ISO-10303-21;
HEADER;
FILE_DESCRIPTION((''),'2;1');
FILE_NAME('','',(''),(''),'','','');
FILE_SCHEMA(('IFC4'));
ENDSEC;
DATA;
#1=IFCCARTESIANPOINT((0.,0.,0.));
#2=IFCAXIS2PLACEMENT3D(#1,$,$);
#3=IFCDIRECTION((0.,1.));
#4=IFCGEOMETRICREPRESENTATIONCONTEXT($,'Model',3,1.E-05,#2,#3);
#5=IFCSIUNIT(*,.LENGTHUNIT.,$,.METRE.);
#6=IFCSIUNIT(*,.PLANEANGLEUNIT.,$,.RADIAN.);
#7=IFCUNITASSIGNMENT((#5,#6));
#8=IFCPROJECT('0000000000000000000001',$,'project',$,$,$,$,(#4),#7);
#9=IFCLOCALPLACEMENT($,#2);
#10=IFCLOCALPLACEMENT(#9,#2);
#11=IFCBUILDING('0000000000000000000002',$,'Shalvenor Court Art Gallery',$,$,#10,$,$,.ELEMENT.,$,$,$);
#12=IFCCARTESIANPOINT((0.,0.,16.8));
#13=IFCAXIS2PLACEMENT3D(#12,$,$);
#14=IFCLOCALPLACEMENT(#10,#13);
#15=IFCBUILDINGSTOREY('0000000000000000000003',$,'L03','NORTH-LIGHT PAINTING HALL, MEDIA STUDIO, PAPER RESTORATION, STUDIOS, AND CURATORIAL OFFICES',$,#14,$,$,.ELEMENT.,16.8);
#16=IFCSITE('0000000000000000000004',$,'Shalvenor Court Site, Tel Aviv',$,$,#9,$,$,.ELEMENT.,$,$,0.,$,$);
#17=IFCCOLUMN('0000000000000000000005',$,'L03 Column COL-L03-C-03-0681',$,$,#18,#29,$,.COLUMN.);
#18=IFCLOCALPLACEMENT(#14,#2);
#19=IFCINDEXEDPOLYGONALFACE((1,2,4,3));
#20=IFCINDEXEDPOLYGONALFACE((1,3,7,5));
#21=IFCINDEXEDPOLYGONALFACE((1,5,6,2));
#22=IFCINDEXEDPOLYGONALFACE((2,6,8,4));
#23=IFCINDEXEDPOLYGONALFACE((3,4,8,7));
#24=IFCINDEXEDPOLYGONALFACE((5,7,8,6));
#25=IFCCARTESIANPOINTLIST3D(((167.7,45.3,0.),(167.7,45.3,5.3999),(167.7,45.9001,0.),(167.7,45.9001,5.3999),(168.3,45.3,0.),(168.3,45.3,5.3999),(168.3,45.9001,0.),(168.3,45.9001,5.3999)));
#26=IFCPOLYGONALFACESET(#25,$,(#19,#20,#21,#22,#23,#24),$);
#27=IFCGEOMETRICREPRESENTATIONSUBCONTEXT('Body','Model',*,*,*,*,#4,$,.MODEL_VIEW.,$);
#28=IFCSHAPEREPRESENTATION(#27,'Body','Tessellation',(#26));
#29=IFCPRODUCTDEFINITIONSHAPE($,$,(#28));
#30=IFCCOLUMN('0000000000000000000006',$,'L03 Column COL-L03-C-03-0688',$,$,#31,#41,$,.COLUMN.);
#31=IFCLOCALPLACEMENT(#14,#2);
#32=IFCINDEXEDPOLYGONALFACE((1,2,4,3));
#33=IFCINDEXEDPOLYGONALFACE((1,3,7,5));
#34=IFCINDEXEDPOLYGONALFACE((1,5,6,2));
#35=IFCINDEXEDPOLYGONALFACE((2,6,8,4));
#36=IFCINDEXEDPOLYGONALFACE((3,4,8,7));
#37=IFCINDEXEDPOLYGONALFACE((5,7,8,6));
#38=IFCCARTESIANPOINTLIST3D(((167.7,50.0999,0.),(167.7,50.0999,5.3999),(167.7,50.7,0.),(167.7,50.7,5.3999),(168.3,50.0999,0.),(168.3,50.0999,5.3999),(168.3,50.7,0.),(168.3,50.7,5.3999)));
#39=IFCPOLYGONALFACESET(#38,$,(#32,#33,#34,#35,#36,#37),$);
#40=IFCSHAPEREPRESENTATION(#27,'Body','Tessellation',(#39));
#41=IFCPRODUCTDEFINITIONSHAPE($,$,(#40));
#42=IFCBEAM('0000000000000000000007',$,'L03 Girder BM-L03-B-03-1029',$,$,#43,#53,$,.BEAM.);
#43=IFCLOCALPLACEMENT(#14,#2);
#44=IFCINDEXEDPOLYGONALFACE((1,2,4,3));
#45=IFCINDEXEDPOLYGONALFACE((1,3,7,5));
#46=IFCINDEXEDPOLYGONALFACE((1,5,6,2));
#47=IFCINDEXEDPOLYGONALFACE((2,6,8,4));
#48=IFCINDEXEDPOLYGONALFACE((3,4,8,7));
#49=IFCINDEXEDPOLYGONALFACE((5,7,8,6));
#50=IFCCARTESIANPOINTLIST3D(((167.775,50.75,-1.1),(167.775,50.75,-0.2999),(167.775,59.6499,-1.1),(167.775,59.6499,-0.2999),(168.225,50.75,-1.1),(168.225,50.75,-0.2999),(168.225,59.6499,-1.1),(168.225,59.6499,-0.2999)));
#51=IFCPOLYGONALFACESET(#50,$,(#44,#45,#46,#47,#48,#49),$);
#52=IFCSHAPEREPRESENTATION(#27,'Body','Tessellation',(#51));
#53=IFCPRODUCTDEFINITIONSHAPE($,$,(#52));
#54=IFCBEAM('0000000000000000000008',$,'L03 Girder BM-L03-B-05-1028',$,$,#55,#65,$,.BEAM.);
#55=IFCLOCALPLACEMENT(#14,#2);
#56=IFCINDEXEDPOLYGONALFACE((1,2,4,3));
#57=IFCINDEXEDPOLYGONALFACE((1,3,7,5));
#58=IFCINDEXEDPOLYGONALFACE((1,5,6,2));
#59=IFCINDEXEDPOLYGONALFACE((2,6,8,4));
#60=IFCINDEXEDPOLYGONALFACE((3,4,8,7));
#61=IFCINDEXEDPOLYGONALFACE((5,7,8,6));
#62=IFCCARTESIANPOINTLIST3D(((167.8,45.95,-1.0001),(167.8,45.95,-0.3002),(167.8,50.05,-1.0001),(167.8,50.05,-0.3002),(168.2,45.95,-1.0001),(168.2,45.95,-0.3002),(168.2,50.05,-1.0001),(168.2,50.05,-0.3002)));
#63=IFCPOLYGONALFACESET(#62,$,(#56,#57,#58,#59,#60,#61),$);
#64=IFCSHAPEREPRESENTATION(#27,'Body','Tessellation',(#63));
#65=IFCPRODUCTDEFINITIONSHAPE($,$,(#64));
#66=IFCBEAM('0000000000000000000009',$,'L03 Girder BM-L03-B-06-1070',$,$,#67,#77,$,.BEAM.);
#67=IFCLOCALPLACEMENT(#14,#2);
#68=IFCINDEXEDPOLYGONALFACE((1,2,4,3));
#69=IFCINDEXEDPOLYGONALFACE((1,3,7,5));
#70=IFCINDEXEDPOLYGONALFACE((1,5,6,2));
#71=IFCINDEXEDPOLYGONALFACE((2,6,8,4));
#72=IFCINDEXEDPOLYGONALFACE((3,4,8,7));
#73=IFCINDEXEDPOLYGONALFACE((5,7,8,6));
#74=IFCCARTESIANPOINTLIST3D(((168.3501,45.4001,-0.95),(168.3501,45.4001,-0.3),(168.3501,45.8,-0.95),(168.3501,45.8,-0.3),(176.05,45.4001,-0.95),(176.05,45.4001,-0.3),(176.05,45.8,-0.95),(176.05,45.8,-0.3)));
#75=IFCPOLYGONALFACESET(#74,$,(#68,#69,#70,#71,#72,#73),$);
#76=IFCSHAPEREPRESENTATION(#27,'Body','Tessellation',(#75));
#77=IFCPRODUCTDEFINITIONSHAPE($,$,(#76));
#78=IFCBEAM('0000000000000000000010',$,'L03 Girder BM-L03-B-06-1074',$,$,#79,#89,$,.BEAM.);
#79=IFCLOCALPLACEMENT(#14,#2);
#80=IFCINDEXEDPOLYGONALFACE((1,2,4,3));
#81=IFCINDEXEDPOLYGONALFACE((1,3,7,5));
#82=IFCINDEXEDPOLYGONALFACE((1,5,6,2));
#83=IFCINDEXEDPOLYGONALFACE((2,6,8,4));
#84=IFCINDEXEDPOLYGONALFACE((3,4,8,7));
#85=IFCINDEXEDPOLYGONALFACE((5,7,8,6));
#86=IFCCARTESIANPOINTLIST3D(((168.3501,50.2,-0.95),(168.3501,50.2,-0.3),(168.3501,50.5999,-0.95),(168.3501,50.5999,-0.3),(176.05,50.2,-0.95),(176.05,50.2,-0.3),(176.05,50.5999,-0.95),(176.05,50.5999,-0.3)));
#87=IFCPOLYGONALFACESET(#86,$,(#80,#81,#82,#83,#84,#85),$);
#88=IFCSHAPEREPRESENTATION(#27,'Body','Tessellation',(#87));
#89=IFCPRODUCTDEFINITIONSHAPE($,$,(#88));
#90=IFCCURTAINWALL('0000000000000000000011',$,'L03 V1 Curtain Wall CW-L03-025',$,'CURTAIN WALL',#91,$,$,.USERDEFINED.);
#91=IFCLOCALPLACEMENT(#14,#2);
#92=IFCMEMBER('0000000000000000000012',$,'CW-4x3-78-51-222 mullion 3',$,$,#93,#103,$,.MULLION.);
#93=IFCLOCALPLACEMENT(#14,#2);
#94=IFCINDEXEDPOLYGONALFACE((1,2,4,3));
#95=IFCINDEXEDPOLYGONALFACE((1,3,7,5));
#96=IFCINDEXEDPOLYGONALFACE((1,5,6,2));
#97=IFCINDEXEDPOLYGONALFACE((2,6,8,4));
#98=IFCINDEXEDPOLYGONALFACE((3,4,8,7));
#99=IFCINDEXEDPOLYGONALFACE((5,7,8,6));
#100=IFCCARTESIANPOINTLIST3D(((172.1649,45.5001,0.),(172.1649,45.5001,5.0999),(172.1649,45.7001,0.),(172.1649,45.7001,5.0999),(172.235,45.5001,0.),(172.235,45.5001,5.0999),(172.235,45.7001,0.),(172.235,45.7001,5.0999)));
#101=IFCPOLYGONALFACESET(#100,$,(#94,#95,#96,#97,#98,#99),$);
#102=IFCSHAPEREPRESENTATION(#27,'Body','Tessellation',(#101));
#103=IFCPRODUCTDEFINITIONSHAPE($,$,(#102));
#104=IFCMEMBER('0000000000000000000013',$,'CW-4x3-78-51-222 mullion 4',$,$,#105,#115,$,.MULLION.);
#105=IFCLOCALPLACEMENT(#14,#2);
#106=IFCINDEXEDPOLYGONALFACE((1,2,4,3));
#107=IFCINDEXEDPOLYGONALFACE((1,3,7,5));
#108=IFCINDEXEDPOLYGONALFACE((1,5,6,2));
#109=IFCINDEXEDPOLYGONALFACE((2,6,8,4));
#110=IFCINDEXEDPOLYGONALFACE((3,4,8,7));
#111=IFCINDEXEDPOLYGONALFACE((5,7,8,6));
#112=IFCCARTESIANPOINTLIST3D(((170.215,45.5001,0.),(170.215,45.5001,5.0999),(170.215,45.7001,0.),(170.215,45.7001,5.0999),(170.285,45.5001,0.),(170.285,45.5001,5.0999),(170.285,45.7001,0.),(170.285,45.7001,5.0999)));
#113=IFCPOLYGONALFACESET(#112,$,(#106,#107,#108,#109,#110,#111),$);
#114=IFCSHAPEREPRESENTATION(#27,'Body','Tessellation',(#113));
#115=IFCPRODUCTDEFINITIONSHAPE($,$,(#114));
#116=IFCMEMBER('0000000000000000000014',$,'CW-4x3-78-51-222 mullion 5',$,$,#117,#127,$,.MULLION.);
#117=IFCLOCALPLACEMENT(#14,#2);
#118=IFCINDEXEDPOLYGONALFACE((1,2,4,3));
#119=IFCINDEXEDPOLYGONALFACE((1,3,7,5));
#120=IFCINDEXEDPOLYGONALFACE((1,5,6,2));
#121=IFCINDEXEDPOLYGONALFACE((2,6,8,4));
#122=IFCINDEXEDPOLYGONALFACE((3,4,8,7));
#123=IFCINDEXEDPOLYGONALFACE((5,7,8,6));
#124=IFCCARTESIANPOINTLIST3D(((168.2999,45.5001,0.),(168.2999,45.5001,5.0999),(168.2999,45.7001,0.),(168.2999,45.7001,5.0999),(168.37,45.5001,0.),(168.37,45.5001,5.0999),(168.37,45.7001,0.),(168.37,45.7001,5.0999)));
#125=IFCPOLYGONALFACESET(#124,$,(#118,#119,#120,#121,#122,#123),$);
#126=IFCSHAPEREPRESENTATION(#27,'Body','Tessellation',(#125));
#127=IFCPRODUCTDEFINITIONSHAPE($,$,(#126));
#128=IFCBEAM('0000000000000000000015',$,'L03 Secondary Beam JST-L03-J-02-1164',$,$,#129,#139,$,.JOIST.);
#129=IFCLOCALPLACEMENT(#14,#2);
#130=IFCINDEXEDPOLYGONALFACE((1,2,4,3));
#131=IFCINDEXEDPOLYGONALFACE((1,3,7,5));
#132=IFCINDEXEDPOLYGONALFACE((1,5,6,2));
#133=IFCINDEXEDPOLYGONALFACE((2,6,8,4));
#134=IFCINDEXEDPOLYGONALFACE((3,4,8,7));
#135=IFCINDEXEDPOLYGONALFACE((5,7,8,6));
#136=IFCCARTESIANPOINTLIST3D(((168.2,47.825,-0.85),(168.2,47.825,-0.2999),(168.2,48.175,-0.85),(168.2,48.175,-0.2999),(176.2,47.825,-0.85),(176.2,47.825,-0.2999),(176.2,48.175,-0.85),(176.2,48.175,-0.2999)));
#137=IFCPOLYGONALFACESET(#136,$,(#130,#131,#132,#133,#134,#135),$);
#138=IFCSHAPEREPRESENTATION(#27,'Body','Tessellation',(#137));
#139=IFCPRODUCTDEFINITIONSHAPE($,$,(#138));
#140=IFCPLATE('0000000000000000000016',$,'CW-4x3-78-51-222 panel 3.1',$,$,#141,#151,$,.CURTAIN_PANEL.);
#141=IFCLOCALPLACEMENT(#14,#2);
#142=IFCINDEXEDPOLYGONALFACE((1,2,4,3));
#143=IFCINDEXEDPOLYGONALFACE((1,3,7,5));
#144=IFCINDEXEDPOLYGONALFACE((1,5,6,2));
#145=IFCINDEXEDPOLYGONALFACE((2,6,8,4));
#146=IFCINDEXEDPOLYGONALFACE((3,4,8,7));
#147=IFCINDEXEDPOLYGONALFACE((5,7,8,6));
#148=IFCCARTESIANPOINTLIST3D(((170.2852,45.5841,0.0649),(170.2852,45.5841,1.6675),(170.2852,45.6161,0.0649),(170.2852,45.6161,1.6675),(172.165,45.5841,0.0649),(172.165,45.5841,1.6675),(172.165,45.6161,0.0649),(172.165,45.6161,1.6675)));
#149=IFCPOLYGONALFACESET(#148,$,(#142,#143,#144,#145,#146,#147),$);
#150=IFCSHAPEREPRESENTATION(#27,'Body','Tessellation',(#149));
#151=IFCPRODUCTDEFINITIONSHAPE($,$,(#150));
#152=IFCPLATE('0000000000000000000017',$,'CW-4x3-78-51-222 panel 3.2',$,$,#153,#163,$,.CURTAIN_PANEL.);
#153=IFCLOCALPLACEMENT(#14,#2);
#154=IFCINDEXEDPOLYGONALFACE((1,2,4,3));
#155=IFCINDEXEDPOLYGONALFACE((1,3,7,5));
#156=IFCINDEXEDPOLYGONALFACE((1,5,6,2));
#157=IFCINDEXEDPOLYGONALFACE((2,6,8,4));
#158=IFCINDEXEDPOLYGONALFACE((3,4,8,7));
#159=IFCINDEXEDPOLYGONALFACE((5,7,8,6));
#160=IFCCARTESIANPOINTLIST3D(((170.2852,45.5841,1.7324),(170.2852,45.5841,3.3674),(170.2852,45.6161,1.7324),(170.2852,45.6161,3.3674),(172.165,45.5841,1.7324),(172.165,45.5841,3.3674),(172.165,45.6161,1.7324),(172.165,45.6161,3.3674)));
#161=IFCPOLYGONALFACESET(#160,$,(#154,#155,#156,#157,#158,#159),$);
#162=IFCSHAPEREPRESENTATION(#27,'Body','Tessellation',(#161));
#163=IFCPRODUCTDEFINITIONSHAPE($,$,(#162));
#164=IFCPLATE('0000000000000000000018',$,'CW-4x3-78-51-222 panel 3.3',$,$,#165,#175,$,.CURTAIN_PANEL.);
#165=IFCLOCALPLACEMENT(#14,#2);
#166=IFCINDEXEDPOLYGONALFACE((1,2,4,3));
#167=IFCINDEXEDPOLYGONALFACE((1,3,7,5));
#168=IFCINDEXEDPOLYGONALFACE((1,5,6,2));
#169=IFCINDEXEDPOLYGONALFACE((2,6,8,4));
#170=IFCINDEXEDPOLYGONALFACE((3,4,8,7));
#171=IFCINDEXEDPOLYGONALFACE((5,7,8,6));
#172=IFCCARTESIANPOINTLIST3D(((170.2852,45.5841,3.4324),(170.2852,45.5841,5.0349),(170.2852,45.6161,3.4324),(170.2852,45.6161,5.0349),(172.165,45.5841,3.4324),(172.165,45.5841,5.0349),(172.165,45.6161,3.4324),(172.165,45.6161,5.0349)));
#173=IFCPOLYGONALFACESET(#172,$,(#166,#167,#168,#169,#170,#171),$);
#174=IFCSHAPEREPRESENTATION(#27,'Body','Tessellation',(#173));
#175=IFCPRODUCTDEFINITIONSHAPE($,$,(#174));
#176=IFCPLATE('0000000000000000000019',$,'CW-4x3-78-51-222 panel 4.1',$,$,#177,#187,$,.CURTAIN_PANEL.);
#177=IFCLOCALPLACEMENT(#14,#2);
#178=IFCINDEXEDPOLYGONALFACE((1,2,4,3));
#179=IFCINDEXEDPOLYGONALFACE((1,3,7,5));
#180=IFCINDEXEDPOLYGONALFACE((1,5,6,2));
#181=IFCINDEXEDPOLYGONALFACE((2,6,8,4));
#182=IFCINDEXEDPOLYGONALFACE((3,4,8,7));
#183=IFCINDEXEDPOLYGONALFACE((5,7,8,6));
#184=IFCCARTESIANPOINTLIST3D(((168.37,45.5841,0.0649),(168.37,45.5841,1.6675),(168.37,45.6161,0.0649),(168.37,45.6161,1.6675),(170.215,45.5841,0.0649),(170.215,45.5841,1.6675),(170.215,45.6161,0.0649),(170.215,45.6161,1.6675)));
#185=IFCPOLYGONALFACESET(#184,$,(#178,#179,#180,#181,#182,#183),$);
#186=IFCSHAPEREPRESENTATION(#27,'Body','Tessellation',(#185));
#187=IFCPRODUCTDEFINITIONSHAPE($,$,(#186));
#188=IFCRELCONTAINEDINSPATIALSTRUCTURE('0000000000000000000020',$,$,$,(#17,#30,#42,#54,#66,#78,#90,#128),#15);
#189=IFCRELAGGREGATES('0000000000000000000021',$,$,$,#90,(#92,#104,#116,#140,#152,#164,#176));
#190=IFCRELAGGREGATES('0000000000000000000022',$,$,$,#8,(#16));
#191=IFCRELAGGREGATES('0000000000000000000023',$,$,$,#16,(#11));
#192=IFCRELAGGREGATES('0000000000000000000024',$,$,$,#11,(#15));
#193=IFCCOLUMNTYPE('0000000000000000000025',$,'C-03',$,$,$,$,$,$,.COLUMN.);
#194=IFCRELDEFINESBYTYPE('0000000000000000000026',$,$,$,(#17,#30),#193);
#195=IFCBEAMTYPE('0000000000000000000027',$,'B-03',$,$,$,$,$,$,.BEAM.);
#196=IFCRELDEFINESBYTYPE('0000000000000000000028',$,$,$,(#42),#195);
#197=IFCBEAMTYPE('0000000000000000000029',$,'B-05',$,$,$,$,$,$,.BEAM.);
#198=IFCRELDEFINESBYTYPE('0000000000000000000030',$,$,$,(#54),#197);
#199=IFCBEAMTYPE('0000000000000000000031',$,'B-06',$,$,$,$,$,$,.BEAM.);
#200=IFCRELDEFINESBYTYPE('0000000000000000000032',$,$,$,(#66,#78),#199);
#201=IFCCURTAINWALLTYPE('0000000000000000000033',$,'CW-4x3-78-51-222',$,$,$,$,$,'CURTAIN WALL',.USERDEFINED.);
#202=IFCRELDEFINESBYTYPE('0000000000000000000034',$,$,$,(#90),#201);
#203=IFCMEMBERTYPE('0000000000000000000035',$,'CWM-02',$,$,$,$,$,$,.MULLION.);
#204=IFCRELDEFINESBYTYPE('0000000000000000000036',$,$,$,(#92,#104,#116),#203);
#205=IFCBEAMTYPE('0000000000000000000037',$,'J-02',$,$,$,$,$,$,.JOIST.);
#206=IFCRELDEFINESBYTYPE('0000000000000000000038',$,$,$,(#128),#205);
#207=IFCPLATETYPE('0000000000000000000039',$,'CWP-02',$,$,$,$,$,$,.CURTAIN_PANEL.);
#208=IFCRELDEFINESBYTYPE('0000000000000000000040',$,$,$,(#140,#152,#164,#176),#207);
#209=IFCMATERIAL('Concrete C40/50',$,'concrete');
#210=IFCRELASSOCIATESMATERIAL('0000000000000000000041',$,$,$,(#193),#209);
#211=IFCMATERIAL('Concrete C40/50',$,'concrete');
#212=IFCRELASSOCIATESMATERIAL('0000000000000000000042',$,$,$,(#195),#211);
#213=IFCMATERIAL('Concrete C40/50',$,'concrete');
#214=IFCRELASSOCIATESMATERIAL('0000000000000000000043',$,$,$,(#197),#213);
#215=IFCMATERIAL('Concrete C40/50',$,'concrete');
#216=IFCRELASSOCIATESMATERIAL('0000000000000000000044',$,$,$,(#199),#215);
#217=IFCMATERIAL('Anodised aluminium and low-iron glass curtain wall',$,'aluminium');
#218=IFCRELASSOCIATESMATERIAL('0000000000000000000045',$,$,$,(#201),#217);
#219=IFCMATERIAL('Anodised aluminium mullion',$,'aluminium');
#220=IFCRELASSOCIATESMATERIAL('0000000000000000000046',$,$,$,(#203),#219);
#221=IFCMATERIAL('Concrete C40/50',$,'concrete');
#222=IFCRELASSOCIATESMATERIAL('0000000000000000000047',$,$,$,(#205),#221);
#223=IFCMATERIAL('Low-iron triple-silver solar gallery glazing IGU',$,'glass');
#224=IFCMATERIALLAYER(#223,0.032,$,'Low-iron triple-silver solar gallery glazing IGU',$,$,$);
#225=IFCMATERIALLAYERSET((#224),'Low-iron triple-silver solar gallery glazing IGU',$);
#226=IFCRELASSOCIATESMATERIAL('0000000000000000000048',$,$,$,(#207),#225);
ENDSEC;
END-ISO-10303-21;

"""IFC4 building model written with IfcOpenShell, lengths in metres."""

from ifc_helpers import new_model, si_unit, direction, frame, origin, origin_2d, place, context, subcontext, project, spatial, rectangle, extrude, material, layer, layer_set, material_profile, profile_set, type_object, element, aggregate, save


model = new_model("IFC4")

# Units and contexts
model_context = context("Model", 3, precision=1e-05, world=origin(), true_north=direction((0.0, 1.0)))
body_context = subcontext(model_context, "Body", "Model", "MODEL_VIEW")
ifc_project = project(units=[si_unit("LENGTHUNIT", "METRE"), si_unit("PLANEANGLEUNIT", "RADIAN")], contexts=[model_context])

# Site, building, storey
site_placement = place(None, origin())
site = spatial("IfcSite", under=ifc_project, at=site_placement, Name="Shalvenor Court Site, Tel Aviv", CompositionType="ELEMENT", RefElevation=0.0)
building_placement = place(site_placement, origin())
building = spatial("IfcBuilding", under=site, at=building_placement, Name="Shalvenor Court Art Gallery", CompositionType="ELEMENT")
storey_placement = place(building_placement, frame((0.0, 0.0, 16.8)))
storey = spatial("IfcBuildingStorey", under=building, at=storey_placement, Name="L03", Description="NORTH-LIGHT PAINTING HALL, MEDIA STUDIO, PAPER RESTORATION, STUDIOS, AND CURATORIAL OFFICES", CompositionType="ELEMENT", Elevation=16.8)

# Columns
ifc_material_1 = material(Name="Concrete C40/50", Category="concrete")
ifc_material_profile_1 = material_profile(ifc_material_1, rectangle(XDim=0.6001, YDim=0.6001, at=origin_2d()), Name="RC 600x600")
ifc_profile_set_1 = profile_set([ifc_material_profile_1], Name="Concrete C40/50")
column_type = type_object("IfcColumnType", Name="C-03", PredefinedType="COLUMN", material=ifc_profile_set_1)
for number, where, z_axis, x_axis, name in (
    (1, (168.0, 45.6001, 0.0), (0.0, 0.0, 1.0), (1.0, 0.0, 0.0), "L03 Column COL-L03-C-03-0681"),
    (2, (168.0, 50.3999, 0.0), (0.0, 0.0, 1.0), (1.0, 0.0, 0.0), "L03 Column COL-L03-C-03-0688"),
):
    element("IfcColumn", number, at=place(storey_placement, frame(where, z_axis=z_axis, x_axis=x_axis)), inside=storey, type_object=column_type, Name=name, PredefinedType="COLUMN", context=body_context, shape_type="SweptSolid", body=[
        extrude(rectangle(XDim=0.6001, YDim=0.6001, at=origin_2d()), origin(), (0.0, 0.0, 1.0), 5.3999),
    ])

# Beams
ifc_material_2 = material(Name="Concrete C40/50", Category="concrete")
ifc_material_profile_2 = material_profile(ifc_material_2, rectangle(XDim=0.45, YDim=0.8, at=origin_2d()), Name="RC 450x800")
ifc_profile_set_2 = profile_set([ifc_material_profile_2], Name="Concrete C40/50")
beam_type_1 = type_object("IfcBeamType", Name="B-03", PredefinedType="BEAM", material=ifc_profile_set_2)
beam_1_placement = place(storey_placement, frame((168.0, 50.75, -0.7), z_axis=(0.0, 1.0, 0.0), x_axis=(-1.0, 0.0, 0.0)))
element("IfcBeam", 3, at=beam_1_placement, inside=storey, type_object=beam_type_1, Name="L03 Girder BM-L03-B-03-1029", PredefinedType="BEAM", context=body_context, shape_type="SweptSolid", body=[
    extrude(rectangle(XDim=0.45, YDim=0.8, at=origin_2d()), origin(), (0.0, 0.0, 1.0), 8.8999),
])
ifc_material_3 = material(Name="Concrete C40/50", Category="concrete")
ifc_material_profile_3 = material_profile(ifc_material_3, rectangle(XDim=0.3999, YDim=0.7, at=origin_2d()), Name="RC 400x700")
ifc_profile_set_3 = profile_set([ifc_material_profile_3], Name="Concrete C40/50")
beam_type_2 = type_object("IfcBeamType", Name="B-05", PredefinedType="BEAM", material=ifc_profile_set_3)
beam_2_placement = place(storey_placement, frame((168.0, 45.95, -0.6501), z_axis=(0.0, 1.0, 0.0), x_axis=(-1.0, 0.0, 0.0)))
element("IfcBeam", 4, at=beam_2_placement, inside=storey, type_object=beam_type_2, Name="L03 Girder BM-L03-B-05-1028", PredefinedType="BEAM", context=body_context, shape_type="SweptSolid", body=[
    extrude(rectangle(XDim=0.3999, YDim=0.7, at=origin_2d()), origin(), (0.0, 0.0, 1.0), 4.1001),
])
ifc_material_4 = material(Name="Concrete C40/50", Category="concrete")
ifc_material_profile_4 = material_profile(ifc_material_4, rectangle(XDim=0.3999, YDim=0.6499, at=origin_2d()), Name="RC 400x650")
ifc_profile_set_4 = profile_set([ifc_material_profile_4], Name="Concrete C40/50")
beam_type_3 = type_object("IfcBeamType", Name="B-06", PredefinedType="BEAM", material=ifc_profile_set_4)
for number, where, z_axis, x_axis, name in (
    (5, (168.3501, 45.6001, -0.625), (1.0, 0.0, 0.0), (0.0, 1.0, 0.0), "L03 Girder BM-L03-B-06-1070"),
    (6, (168.3501, 50.3999, -0.625), (1.0, 0.0, 0.0), (0.0, 1.0, 0.0), "L03 Girder BM-L03-B-06-1074"),
):
    element("IfcBeam", number, at=place(storey_placement, frame(where, z_axis=z_axis, x_axis=x_axis)), inside=storey, type_object=beam_type_3, Name=name, PredefinedType="BEAM", context=body_context, shape_type="SweptSolid", body=[
        extrude(rectangle(XDim=0.3999, YDim=0.6499, at=origin_2d()), origin(), (0.0, 0.0, 1.0), 7.7),
    ])

# Curtain wall, members
ifc_material_5 = material(Name="Anodised aluminium and low-iron glass curtain wall", Category="aluminium")
curtain_wall_type = type_object("IfcCurtainWallType", Name="CW-4x3-78-51-222", ElementType="CURTAIN WALL", PredefinedType="USERDEFINED", material=ifc_material_5)
curtain_wall_placement = place(storey_placement, origin())
curtain_wall = element("IfcCurtainWall", 7, at=curtain_wall_placement, inside=storey, type_object=curtain_wall_type, Name="L03 V1 Curtain Wall CW-L03-025", ObjectType="CURTAIN WALL", PredefinedType="USERDEFINED")
ifc_material_6 = material(Name="Anodised aluminium mullion", Category="aluminium")
ifc_material_profile_5 = material_profile(ifc_material_6, rectangle(XDim=0.0701, YDim=0.2, at=origin_2d()), Name="CWM-02")
ifc_profile_set_5 = profile_set([ifc_material_profile_5], Name="Anodised aluminium mullion")
member_type = type_object("IfcMemberType", Name="CWM-02", PredefinedType="MULLION", material=ifc_profile_set_5)
member_1_placement = place(storey_placement, frame((172.2, 45.6001, 0.0), z_axis=(0.0, 0.0, 1.0), x_axis=(-1.0, 0.0, 0.0)))
member_1 = element("IfcMember", 8, at=member_1_placement, type_object=member_type, Name="CW-4x3-78-51-222 mullion 3", PredefinedType="MULLION", context=body_context, shape_type="SweptSolid", body=[
    extrude(rectangle(XDim=0.0701, YDim=0.2, at=origin_2d()), origin(), (0.0, 0.0, 1.0), 5.0999),
])
member_2_placement = place(storey_placement, frame((170.25, 45.6001, 0.0), z_axis=(0.0, 0.0, 1.0), x_axis=(-1.0, 0.0, 0.0)))
member_2 = element("IfcMember", 9, at=member_2_placement, type_object=member_type, Name="CW-4x3-78-51-222 mullion 4", PredefinedType="MULLION", context=body_context, shape_type="SweptSolid", body=[
    extrude(rectangle(XDim=0.0701, YDim=0.2, at=origin_2d()), origin(), (0.0, 0.0, 1.0), 5.0999),
])
member_3_placement = place(storey_placement, frame((168.335, 45.6001, 0.0), z_axis=(0.0, 0.0, 1.0), x_axis=(-1.0, 0.0, 0.0)))
member_3 = element("IfcMember", 10, at=member_3_placement, type_object=member_type, Name="CW-4x3-78-51-222 mullion 5", PredefinedType="MULLION", context=body_context, shape_type="SweptSolid", body=[
    extrude(rectangle(XDim=0.0701, YDim=0.2, at=origin_2d()), origin(), (0.0, 0.0, 1.0), 5.0999),
])

# Beam
ifc_material_7 = material(Name="Concrete C40/50", Category="concrete")
ifc_material_profile_6 = material_profile(ifc_material_7, rectangle(XDim=0.3501, YDim=0.55, at=origin_2d()), Name="RC 350x550")
ifc_profile_set_6 = profile_set([ifc_material_profile_6], Name="Concrete C40/50")
beam_type_4 = type_object("IfcBeamType", Name="J-02", PredefinedType="JOIST", material=ifc_profile_set_6)
beam_3_placement = place(storey_placement, frame((168.2, 48.0, -0.575), z_axis=(1.0, 0.0, 0.0), x_axis=(0.0, 1.0, 0.0)))
element("IfcBeam", 11, at=beam_3_placement, inside=storey, type_object=beam_type_4, Name="L03 Secondary Beam JST-L03-J-02-1164", PredefinedType="JOIST", context=body_context, shape_type="SweptSolid", body=[
    extrude(rectangle(XDim=0.3501, YDim=0.55, at=origin_2d()), origin(), (0.0, 0.0, 1.0), 8.0),
])

# Plates
ifc_material_8 = material(Name="Low-iron triple-silver solar gallery glazing IGU", Category="glass")
ifc_layer_1 = layer(ifc_material_8, 0.032, Name="Low-iron triple-silver solar gallery glazing IGU")
ifc_layer_set_1 = layer_set([ifc_layer_1], Name="Low-iron triple-silver solar gallery glazing IGU")
plate_type_1 = type_object("IfcPlateType", Name="CWP-02", PredefinedType="CURTAIN_PANEL", material=ifc_layer_set_1)
plate_1_placement = place(storey_placement, frame((171.2251, 45.6001, 0.0649), z_axis=(0.0, 0.0, 1.0), x_axis=(-1.0, 0.0, 0.0)))
plate_1 = element("IfcPlate", 12, at=plate_1_placement, type_object=plate_type_1, Name="CW-4x3-78-51-222 panel 3.1", PredefinedType="CURTAIN_PANEL", context=body_context, shape_type="SweptSolid", body=[
    extrude(rectangle(XDim=1.8799, YDim=0.032, at=origin_2d()), origin(), (0.0, 0.0, 1.0), 1.6025),
])
plate_2_placement = place(storey_placement, frame((171.2251, 45.6001, 1.7324), z_axis=(0.0, 0.0, 1.0), x_axis=(-1.0, 0.0, 0.0)))
plate_2 = element("IfcPlate", 13, at=plate_2_placement, type_object=plate_type_1, Name="CW-4x3-78-51-222 panel 3.2", PredefinedType="CURTAIN_PANEL", context=body_context, shape_type="SweptSolid", body=[
    extrude(rectangle(XDim=1.8799, YDim=0.032, at=origin_2d()), origin(), (0.0, 0.0, 1.0), 1.635),
])
plate_3_placement = place(storey_placement, frame((171.2251, 45.6001, 3.4324), z_axis=(0.0, 0.0, 1.0), x_axis=(-1.0, 0.0, 0.0)))
plate_3 = element("IfcPlate", 14, at=plate_3_placement, type_object=plate_type_1, Name="CW-4x3-78-51-222 panel 3.3", PredefinedType="CURTAIN_PANEL", context=body_context, shape_type="SweptSolid", body=[
    extrude(rectangle(XDim=1.8799, YDim=0.032, at=origin_2d()), origin(), (0.0, 0.0, 1.0), 1.6025),
])
plate_4_placement = place(storey_placement, frame((169.2925, 45.6001, 0.0649), z_axis=(0.0, 0.0, 1.0), x_axis=(-1.0, 0.0, 0.0)))
plate_4 = element("IfcPlate", 15, at=plate_4_placement, type_object=plate_type_1, Name="CW-4x3-78-51-222 panel 4.1", PredefinedType="CURTAIN_PANEL", context=body_context, shape_type="SweptSolid", body=[
    extrude(rectangle(XDim=1.845, YDim=0.032, at=origin_2d()), origin(), (0.0, 0.0, 1.0), 1.6025),
])
aggregate(curtain_wall, [member_1, member_2, member_3, plate_1, plate_2, plate_3, plate_4])

save(model, "model.ifc")
